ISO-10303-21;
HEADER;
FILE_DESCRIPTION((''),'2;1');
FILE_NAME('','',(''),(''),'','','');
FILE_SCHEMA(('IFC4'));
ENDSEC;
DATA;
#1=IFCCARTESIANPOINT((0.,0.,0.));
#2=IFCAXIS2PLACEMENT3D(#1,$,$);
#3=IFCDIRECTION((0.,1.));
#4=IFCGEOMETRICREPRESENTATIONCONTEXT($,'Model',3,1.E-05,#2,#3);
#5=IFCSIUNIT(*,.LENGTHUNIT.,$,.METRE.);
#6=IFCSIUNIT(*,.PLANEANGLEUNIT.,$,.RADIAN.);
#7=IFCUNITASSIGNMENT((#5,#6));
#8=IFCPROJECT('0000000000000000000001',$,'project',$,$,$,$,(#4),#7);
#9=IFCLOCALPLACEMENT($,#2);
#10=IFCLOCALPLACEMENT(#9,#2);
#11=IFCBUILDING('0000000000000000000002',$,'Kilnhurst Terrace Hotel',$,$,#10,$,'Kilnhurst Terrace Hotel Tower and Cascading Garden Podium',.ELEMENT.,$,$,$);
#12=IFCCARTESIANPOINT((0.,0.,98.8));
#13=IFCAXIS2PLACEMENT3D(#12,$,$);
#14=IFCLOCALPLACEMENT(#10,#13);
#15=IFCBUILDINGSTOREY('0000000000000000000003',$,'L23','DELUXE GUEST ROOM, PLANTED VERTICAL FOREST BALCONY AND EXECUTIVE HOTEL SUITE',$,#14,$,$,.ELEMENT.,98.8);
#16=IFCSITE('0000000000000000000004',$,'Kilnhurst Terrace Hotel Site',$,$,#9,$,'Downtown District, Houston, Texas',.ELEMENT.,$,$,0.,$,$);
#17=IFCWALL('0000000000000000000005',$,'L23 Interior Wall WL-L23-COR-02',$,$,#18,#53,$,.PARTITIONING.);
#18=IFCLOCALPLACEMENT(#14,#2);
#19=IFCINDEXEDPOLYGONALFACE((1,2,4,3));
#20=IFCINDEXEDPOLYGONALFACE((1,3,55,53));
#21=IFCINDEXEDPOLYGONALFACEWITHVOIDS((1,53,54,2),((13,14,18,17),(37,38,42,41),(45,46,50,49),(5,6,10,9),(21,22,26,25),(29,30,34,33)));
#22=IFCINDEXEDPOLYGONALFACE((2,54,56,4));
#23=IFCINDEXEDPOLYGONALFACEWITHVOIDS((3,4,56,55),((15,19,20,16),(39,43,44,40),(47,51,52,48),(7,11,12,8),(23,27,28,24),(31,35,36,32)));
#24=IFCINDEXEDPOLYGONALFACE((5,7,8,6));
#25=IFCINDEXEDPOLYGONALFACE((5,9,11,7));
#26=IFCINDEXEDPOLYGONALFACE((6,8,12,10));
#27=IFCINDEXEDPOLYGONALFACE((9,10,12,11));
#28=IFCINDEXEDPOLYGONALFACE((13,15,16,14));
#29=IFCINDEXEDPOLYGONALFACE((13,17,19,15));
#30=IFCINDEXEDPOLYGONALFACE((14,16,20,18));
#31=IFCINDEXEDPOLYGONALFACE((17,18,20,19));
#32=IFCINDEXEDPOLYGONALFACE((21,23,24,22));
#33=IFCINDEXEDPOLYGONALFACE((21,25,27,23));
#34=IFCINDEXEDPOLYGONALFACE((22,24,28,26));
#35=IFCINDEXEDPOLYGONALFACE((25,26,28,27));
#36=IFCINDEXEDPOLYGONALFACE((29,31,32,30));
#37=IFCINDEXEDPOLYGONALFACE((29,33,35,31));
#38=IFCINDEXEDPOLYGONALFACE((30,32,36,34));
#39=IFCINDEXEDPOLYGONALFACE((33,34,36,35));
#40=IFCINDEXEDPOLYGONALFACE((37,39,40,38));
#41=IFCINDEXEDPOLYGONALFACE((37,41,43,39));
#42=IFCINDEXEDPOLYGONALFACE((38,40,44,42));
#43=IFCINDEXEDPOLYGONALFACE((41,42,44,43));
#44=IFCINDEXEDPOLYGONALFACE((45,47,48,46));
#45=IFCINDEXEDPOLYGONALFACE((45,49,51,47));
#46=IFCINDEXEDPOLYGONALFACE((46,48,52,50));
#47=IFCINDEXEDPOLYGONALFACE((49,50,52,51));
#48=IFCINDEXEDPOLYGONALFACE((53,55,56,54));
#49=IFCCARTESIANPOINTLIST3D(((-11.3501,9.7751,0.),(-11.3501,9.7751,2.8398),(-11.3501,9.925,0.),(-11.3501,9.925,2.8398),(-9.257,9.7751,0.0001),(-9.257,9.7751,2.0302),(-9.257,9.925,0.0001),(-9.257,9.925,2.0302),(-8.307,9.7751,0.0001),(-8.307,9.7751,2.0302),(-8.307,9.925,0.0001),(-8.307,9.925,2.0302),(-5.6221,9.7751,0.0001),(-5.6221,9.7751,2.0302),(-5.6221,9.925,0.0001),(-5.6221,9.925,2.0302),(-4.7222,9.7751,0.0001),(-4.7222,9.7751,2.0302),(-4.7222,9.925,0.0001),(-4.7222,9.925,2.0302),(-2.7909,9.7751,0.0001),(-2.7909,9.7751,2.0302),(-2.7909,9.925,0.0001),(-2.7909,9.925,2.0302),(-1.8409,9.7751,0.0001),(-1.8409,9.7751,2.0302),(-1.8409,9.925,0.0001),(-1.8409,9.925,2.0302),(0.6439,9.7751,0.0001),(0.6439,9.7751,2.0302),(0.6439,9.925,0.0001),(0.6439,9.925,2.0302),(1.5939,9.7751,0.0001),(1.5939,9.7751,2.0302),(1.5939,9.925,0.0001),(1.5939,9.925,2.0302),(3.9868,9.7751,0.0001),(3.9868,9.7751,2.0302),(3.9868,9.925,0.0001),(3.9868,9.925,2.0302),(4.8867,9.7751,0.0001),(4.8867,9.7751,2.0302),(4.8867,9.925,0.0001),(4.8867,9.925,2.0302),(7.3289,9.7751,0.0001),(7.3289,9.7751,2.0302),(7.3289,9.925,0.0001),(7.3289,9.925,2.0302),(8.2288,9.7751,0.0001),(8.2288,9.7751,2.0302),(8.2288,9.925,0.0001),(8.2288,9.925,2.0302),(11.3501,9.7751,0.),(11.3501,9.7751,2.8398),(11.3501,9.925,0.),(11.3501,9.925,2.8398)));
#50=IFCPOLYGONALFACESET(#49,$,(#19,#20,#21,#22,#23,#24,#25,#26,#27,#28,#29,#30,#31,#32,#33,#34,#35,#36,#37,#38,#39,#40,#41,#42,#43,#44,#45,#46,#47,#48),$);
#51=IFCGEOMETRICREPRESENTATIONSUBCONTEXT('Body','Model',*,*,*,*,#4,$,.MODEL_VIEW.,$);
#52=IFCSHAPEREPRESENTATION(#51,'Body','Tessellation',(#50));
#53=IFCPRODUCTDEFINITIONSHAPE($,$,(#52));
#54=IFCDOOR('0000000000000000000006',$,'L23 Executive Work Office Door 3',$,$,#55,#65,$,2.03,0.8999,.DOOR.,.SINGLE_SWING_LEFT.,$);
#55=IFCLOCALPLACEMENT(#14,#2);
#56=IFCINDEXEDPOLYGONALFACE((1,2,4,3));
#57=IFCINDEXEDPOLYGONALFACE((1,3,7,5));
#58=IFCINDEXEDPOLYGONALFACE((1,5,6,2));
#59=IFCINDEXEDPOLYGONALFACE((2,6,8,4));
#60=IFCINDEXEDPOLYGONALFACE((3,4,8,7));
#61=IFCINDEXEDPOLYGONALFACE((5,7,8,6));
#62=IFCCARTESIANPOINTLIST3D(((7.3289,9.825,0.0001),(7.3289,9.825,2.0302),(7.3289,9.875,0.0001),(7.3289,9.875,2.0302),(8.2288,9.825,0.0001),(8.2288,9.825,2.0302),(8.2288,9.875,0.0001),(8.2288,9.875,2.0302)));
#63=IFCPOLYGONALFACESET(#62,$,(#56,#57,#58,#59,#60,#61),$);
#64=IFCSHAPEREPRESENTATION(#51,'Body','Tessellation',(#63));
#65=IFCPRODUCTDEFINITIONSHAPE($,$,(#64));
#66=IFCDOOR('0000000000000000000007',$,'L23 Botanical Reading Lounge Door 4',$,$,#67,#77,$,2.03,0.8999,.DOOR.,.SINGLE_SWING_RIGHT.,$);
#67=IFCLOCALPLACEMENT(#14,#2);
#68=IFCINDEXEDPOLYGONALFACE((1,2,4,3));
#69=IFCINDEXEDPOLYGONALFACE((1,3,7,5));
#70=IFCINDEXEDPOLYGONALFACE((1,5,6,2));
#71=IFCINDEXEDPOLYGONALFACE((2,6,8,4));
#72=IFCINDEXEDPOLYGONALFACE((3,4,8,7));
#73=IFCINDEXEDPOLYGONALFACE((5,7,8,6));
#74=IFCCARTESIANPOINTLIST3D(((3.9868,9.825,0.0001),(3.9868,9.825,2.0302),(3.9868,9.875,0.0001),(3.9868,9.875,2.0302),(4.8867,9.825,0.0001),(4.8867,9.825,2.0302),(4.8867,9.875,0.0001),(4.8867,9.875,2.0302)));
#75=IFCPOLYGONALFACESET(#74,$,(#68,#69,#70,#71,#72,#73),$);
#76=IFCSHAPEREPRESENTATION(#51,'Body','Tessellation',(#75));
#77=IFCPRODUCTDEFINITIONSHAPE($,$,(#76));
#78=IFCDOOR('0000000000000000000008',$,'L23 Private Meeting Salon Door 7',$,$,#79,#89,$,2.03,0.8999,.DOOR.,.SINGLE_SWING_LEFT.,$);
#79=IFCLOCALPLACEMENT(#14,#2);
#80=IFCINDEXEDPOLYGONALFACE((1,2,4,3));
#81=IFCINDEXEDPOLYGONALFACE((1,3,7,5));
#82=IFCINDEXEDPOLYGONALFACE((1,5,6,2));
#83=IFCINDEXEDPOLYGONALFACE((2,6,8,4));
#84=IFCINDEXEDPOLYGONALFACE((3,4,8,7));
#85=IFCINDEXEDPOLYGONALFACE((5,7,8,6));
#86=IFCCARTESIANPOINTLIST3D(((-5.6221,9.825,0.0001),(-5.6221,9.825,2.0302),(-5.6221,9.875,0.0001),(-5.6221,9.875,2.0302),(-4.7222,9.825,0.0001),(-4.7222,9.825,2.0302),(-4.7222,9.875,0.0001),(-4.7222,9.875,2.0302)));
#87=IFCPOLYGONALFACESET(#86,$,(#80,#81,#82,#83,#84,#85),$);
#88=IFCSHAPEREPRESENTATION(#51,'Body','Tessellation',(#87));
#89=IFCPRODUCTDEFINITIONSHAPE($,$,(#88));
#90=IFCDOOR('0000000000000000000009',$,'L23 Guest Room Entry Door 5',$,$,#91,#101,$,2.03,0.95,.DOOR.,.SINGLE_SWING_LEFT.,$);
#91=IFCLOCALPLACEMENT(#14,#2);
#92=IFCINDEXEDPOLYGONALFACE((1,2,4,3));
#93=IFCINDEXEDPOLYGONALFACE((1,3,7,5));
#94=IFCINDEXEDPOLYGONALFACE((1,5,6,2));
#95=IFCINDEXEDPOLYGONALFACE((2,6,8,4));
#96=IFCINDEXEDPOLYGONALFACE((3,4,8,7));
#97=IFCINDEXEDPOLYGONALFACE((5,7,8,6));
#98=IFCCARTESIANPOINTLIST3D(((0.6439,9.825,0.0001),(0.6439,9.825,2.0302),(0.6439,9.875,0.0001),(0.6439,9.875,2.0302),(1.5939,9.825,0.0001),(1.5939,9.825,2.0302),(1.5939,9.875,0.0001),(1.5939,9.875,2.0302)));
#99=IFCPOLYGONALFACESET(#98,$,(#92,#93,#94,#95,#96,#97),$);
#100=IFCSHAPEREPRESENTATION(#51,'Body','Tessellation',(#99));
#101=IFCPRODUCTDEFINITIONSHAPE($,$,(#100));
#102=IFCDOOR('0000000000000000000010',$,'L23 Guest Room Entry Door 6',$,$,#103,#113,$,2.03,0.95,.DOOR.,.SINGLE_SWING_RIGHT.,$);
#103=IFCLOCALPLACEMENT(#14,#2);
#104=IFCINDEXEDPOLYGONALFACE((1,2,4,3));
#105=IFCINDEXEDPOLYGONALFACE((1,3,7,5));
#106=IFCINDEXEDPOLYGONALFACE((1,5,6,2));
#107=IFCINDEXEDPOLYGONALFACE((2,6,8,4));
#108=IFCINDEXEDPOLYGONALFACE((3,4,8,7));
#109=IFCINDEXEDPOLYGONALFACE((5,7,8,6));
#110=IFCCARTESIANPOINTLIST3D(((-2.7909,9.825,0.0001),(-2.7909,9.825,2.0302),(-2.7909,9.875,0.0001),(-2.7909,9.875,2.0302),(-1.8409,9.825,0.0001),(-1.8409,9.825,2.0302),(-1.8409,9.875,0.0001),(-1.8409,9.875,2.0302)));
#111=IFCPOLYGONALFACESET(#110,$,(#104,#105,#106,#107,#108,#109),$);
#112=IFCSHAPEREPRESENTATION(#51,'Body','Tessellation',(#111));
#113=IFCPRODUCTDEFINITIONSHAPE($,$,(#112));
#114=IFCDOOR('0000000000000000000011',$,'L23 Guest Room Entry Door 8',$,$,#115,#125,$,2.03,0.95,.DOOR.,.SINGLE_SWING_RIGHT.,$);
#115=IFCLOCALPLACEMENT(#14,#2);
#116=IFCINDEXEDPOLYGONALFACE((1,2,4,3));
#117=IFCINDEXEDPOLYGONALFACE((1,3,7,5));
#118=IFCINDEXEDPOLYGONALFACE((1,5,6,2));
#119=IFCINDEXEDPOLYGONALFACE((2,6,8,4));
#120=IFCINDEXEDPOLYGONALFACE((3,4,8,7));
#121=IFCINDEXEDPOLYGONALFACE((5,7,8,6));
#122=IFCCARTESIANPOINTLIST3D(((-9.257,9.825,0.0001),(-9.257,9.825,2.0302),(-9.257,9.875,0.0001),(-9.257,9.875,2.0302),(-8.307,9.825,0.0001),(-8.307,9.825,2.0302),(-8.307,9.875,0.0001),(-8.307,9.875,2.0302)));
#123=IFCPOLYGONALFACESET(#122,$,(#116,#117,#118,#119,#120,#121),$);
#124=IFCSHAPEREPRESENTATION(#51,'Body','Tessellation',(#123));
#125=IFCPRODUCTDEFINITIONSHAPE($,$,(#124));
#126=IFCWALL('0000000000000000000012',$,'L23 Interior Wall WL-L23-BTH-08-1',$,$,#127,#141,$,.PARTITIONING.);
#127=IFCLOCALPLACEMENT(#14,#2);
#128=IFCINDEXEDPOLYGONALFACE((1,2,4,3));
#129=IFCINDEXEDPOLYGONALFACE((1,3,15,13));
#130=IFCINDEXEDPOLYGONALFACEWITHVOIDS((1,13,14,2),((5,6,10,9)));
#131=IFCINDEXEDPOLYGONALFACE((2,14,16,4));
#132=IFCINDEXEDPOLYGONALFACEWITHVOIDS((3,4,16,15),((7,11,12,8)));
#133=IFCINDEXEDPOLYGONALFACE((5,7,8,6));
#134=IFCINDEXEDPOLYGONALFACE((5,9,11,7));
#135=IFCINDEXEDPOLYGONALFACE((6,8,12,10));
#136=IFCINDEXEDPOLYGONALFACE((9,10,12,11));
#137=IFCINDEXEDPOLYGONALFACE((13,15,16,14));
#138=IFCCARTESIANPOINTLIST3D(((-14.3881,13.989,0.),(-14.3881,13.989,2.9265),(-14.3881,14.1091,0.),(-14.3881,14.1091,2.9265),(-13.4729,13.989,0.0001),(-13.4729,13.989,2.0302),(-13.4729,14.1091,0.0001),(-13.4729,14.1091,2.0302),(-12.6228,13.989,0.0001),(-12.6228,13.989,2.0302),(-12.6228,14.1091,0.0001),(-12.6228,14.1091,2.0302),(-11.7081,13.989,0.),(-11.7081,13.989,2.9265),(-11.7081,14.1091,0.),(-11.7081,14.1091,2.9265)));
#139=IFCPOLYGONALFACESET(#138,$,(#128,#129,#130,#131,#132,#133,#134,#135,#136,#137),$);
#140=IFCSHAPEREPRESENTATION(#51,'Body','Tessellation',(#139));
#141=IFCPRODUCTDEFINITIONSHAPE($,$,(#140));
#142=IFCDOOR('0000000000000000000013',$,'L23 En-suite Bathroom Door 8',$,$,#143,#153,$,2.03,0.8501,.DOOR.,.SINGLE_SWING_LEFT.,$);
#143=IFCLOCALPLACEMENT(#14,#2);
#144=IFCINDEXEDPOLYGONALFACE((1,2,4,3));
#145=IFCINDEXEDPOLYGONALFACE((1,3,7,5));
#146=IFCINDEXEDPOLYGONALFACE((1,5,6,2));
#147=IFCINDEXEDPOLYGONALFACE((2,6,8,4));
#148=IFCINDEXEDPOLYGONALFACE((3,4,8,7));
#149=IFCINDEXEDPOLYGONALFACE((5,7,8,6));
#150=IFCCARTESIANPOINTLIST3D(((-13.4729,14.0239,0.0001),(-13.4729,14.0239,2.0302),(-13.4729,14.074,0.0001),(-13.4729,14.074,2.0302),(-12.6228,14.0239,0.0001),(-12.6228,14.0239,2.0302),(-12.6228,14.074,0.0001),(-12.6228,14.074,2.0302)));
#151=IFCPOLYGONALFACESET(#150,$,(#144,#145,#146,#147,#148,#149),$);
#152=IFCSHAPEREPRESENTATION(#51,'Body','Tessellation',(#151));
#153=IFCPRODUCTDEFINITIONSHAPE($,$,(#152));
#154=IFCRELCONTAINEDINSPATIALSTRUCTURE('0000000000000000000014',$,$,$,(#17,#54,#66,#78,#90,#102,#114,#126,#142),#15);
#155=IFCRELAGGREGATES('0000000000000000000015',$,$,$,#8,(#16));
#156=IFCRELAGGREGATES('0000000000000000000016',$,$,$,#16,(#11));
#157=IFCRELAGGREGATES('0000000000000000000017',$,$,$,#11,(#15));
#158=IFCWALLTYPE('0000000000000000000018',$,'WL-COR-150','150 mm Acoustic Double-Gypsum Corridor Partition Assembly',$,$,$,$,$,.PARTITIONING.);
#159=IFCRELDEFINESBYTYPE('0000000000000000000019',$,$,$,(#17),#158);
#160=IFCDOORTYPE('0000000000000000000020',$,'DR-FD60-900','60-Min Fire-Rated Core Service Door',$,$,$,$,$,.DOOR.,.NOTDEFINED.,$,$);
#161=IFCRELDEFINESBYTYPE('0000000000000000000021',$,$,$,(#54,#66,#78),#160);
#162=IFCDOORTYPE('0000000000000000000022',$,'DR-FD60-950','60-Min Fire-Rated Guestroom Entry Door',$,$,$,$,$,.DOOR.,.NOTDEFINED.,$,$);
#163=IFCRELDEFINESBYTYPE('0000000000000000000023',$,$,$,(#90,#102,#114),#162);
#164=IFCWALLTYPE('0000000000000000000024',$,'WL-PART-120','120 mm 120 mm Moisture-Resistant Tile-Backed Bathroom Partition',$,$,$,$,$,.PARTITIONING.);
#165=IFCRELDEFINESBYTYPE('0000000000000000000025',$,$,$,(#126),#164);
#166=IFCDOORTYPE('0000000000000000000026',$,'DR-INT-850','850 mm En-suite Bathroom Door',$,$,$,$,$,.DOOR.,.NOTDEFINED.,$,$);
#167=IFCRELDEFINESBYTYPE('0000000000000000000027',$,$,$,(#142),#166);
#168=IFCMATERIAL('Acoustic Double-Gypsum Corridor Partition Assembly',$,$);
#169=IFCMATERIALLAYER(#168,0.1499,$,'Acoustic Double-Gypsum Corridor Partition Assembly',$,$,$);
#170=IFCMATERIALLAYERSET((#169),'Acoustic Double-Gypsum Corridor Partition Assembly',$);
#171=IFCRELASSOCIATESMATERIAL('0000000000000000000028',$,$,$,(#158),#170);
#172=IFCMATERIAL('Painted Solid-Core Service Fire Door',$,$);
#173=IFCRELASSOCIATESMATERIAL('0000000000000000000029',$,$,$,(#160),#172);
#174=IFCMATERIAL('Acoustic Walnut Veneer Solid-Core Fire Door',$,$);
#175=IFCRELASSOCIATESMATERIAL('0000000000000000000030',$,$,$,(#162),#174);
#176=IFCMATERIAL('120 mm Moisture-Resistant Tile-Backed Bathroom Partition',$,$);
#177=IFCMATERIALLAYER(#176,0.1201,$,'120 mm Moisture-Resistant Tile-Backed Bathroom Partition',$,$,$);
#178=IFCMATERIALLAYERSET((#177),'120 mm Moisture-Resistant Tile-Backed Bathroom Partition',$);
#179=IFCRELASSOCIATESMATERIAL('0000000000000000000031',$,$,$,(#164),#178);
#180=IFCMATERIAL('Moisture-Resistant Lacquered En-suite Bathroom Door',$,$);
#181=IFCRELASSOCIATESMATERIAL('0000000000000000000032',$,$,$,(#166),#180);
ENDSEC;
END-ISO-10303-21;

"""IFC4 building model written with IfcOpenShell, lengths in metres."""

from ifc_helpers import new_model, si_unit, direction, frame, frame_2d, origin, place, context, subcontext, project, spatial, rectangle, extrude, material, layer, layer_set, type_object, element, fill, save


model = new_model("IFC4")

# Units and contexts
model_context = context("Model", 3, precision=1e-05, world=origin(), true_north=direction((0.0, 1.0)))
body_context = subcontext(model_context, "Body", "Model", "MODEL_VIEW")
ifc_project = project(units=[si_unit("LENGTHUNIT", "METRE"), si_unit("PLANEANGLEUNIT", "RADIAN")], contexts=[model_context])

# Site, building, storey
site_placement = place(None, origin())
site = spatial("IfcSite", under=ifc_project, at=site_placement, Name="Kilnhurst Terrace Hotel Site", LongName="Downtown District, Houston, Texas", CompositionType="ELEMENT", RefElevation=0.0)
building_placement = place(site_placement, origin())
building = spatial("IfcBuilding", under=site, at=building_placement, Name="Kilnhurst Terrace Hotel", LongName="Kilnhurst Terrace Hotel Tower and Cascading Garden Podium", CompositionType="ELEMENT")
storey_placement = place(building_placement, frame((0.0, 0.0, 98.8)))
storey = spatial("IfcBuildingStorey", under=building, at=storey_placement, Name="L23", Description="DELUXE GUEST ROOM, PLANTED VERTICAL FOREST BALCONY AND EXECUTIVE HOTEL SUITE", CompositionType="ELEMENT", Elevation=98.8)

# Wall, openings, doors
ifc_material_1 = material(Name="Acoustic Double-Gypsum Corridor Partition Assembly")
ifc_layer_1 = layer(ifc_material_1, 0.1499, Name="Acoustic Double-Gypsum Corridor Partition Assembly")
ifc_layer_set_1 = layer_set([ifc_layer_1], Name="Acoustic Double-Gypsum Corridor Partition Assembly")
wall_type_1 = type_object("IfcWallType", Name="WL-COR-150", Description="150 mm Acoustic Double-Gypsum Corridor Partition Assembly", PredefinedType="PARTITIONING", material=ifc_layer_set_1)
wall_1_placement = place(storey_placement, frame((-11.3501, 9.8501, 0.0), z_axis=(0.0, 0.0, 1.0), x_axis=(1.0, 0.0, 0.0)))
wall_1 = element("IfcWall", 1, at=wall_1_placement, inside=storey, type_object=wall_type_1, Name="L23 Interior Wall WL-L23-COR-02", PredefinedType="PARTITIONING", context=body_context, shape_type="SweptSolid", body=[
    extrude(rectangle(XDim=22.7002, YDim=0.1499, at=frame_2d((11.3501, 0.0))), origin(), (0.0, 0.0, 1.0), 2.8398),
])
opening_1_placement = place(wall_1_placement, frame((18.679, 0.0, 0.0)))
opening_1 = element("IfcOpeningElement", 2, at=opening_1_placement, cuts=wall_1, PredefinedType="OPENING", context=body_context, shape_type="SweptSolid", body=[
    extrude(rectangle(XDim=0.8999, YDim=2.03, at=frame_2d((0.45, 1.0151))), frame((0.0, 0.085, 0.0), z_axis=(0.0, -1.0, 0.0), x_axis=(1.0, 0.0, 0.0)), (0.0, 0.0, 1.0), 0.1699),
])
opening_2_placement = place(wall_1_placement, frame((15.3369, 0.0, 0.0)))
opening_2 = element("IfcOpeningElement", 3, at=opening_2_placement, cuts=wall_1, PredefinedType="OPENING", context=body_context, shape_type="SweptSolid", body=[
    extrude(rectangle(XDim=0.8999, YDim=2.03, at=frame_2d((0.45, 1.0151))), frame((0.0, 0.085, 0.0), z_axis=(0.0, -1.0, 0.0), x_axis=(1.0, 0.0, 0.0)), (0.0, 0.0, 1.0), 0.1699),
])
opening_3_placement = place(wall_1_placement, frame((11.9939, 0.0, 0.0)))
opening_3 = element("IfcOpeningElement", 4, at=opening_3_placement, cuts=wall_1, PredefinedType="OPENING", context=body_context, shape_type="SweptSolid", body=[
    extrude(rectangle(XDim=0.95, YDim=2.03, at=frame_2d((0.4751, 1.0151))), frame((0.0, 0.085, 0.0), z_axis=(0.0, -1.0, 0.0), x_axis=(1.0, 0.0, 0.0)), (0.0, 0.0, 1.0), 0.1699),
])
opening_4_placement = place(wall_1_placement, frame((8.5591, 0.0, 0.0)))
opening_4 = element("IfcOpeningElement", 5, at=opening_4_placement, cuts=wall_1, PredefinedType="OPENING", context=body_context, shape_type="SweptSolid", body=[
    extrude(rectangle(XDim=0.95, YDim=2.03, at=frame_2d((0.4751, 1.0151))), frame((0.0, 0.085, 0.0), z_axis=(0.0, -1.0, 0.0), x_axis=(1.0, 0.0, 0.0)), (0.0, 0.0, 1.0), 0.1699),
])
opening_5_placement = place(wall_1_placement, frame((5.728, 0.0, 0.0)))
opening_5 = element("IfcOpeningElement", 6, at=opening_5_placement, cuts=wall_1, PredefinedType="OPENING", context=body_context, shape_type="SweptSolid", body=[
    extrude(rectangle(XDim=0.8999, YDim=2.03, at=frame_2d((0.45, 1.0151))), frame((0.0, 0.085, 0.0), z_axis=(0.0, -1.0, 0.0), x_axis=(1.0, 0.0, 0.0)), (0.0, 0.0, 1.0), 0.1699),
])
opening_6_placement = place(wall_1_placement, frame((2.093, 0.0, 0.0)))
opening_6 = element("IfcOpeningElement", 7, at=opening_6_placement, cuts=wall_1, PredefinedType="OPENING", context=body_context, shape_type="SweptSolid", body=[
    extrude(rectangle(XDim=0.95, YDim=2.03, at=frame_2d((0.4751, 1.0151))), frame((0.0, 0.085, 0.0), z_axis=(0.0, -1.0, 0.0), x_axis=(1.0, 0.0, 0.0)), (0.0, 0.0, 1.0), 0.1699),
])
ifc_material_2 = material(Name="Painted Solid-Core Service Fire Door")
door_type_1 = type_object("IfcDoorType", Name="DR-FD60-900", Description="60-Min Fire-Rated Core Service Door", OperationType="NOTDEFINED", PredefinedType="DOOR", material=ifc_material_2)
door_1_placement = place(opening_1_placement, origin())
door_1 = element("IfcDoor", 8, at=door_1_placement, inside=storey, type_object=door_type_1, Name="L23 Executive Work Office Door 3", OperationType="SINGLE_SWING_LEFT", OverallHeight=2.03, OverallWidth=0.8999, PredefinedType="DOOR", context=body_context, shape_type="SweptSolid", body=[
    extrude(rectangle(XDim=0.8999, YDim=2.03, at=frame_2d((0.45, 1.0151))), frame((0.0, 0.0249, 0.0), z_axis=(0.0, -1.0, 0.0), x_axis=(1.0, 0.0, 0.0)), (0.0, 0.0, 1.0), 0.05),
])
fill(opening_1, door_1)
door_2_placement = place(opening_2_placement, origin())
door_2 = element("IfcDoor", 9, at=door_2_placement, inside=storey, type_object=door_type_1, Name="L23 Botanical Reading Lounge Door 4", OperationType="SINGLE_SWING_RIGHT", OverallHeight=2.03, OverallWidth=0.8999, PredefinedType="DOOR", context=body_context, shape_type="SweptSolid", body=[
    extrude(rectangle(XDim=0.8999, YDim=2.03, at=frame_2d((0.45, 1.0151))), frame((0.0, 0.0249, 0.0), z_axis=(0.0, -1.0, 0.0), x_axis=(1.0, 0.0, 0.0)), (0.0, 0.0, 1.0), 0.05),
])
fill(opening_2, door_2)
door_3_placement = place(opening_5_placement, origin())
door_3 = element("IfcDoor", 10, at=door_3_placement, inside=storey, type_object=door_type_1, Name="L23 Private Meeting Salon Door 7", OperationType="SINGLE_SWING_LEFT", OverallHeight=2.03, OverallWidth=0.8999, PredefinedType="DOOR", context=body_context, shape_type="SweptSolid", body=[
    extrude(rectangle(XDim=0.8999, YDim=2.03, at=frame_2d((0.45, 1.0151))), frame((0.0, 0.0249, 0.0), z_axis=(0.0, -1.0, 0.0), x_axis=(1.0, 0.0, 0.0)), (0.0, 0.0, 1.0), 0.05),
])
fill(opening_5, door_3)
ifc_material_3 = material(Name="Acoustic Walnut Veneer Solid-Core Fire Door")
door_type_2 = type_object("IfcDoorType", Name="DR-FD60-950", Description="60-Min Fire-Rated Guestroom Entry Door", OperationType="NOTDEFINED", PredefinedType="DOOR", material=ifc_material_3)
door_4_placement = place(opening_3_placement, origin())
door_4 = element("IfcDoor", 11, at=door_4_placement, inside=storey, type_object=door_type_2, Name="L23 Guest Room Entry Door 5", OperationType="SINGLE_SWING_LEFT", OverallHeight=2.03, OverallWidth=0.95, PredefinedType="DOOR", context=body_context, shape_type="SweptSolid", body=[
    extrude(rectangle(XDim=0.95, YDim=2.03, at=frame_2d((0.4751, 1.0151))), frame((0.0, 0.0249, 0.0), z_axis=(0.0, -1.0, 0.0), x_axis=(1.0, 0.0, 0.0)), (0.0, 0.0, 1.0), 0.05),
])
fill(opening_3, door_4)
door_5_placement = place(opening_4_placement, origin())
door_5 = element("IfcDoor", 12, at=door_5_placement, inside=storey, type_object=door_type_2, Name="L23 Guest Room Entry Door 6", OperationType="SINGLE_SWING_RIGHT", OverallHeight=2.03, OverallWidth=0.95, PredefinedType="DOOR", context=body_context, shape_type="SweptSolid", body=[
    extrude(rectangle(XDim=0.95, YDim=2.03, at=frame_2d((0.4751, 1.0151))), frame((0.0, 0.0249, 0.0), z_axis=(0.0, -1.0, 0.0), x_axis=(1.0, 0.0, 0.0)), (0.0, 0.0, 1.0), 0.05),
])
fill(opening_4, door_5)
door_6_placement = place(opening_6_placement, origin())
door_6 = element("IfcDoor", 13, at=door_6_placement, inside=storey, type_object=door_type_2, Name="L23 Guest Room Entry Door 8", OperationType="SINGLE_SWING_RIGHT", OverallHeight=2.03, OverallWidth=0.95, PredefinedType="DOOR", context=body_context, shape_type="SweptSolid", body=[
    extrude(rectangle(XDim=0.95, YDim=2.03, at=frame_2d((0.4751, 1.0151))), frame((0.0, 0.0249, 0.0), z_axis=(0.0, -1.0, 0.0), x_axis=(1.0, 0.0, 0.0)), (0.0, 0.0, 1.0), 0.05),
])
fill(opening_6, door_6)

# Wall, opening, door
ifc_material_4 = material(Name="120 mm Moisture-Resistant Tile-Backed Bathroom Partition")
ifc_layer_2 = layer(ifc_material_4, 0.1201, Name="120 mm Moisture-Resistant Tile-Backed Bathroom Partition")
ifc_layer_set_2 = layer_set([ifc_layer_2], Name="120 mm Moisture-Resistant Tile-Backed Bathroom Partition")
wall_type_2 = type_object("IfcWallType", Name="WL-PART-120", Description="120 mm 120 mm Moisture-Resistant Tile-Backed Bathroom Partition", PredefinedType="PARTITIONING", material=ifc_layer_set_2)
wall_2_placement = place(storey_placement, frame((-14.3879, 14.0491, 0.0), z_axis=(0.0, 0.0, 1.0), x_axis=(1.0, 0.0, 0.0)))
wall_2 = element("IfcWall", 14, at=wall_2_placement, inside=storey, type_object=wall_type_2, Name="L23 Interior Wall WL-L23-BTH-08-1", PredefinedType="PARTITIONING", context=body_context, shape_type="SweptSolid", body=[
    extrude(rectangle(XDim=2.6799, YDim=0.1201, at=frame_2d((1.3398, 0.0))), origin(), (0.0, 0.0, 1.0), 2.9265),
])
opening_7_placement = place(wall_2_placement, frame((0.915, 0.0, 0.0)))
opening_7 = element("IfcOpeningElement", 15, at=opening_7_placement, cuts=wall_2, PredefinedType="OPENING", context=body_context, shape_type="SweptSolid", body=[
    extrude(rectangle(XDim=0.8501, YDim=2.03, at=frame_2d((0.425, 1.0151))), frame((0.0, 0.0701, 0.0), z_axis=(0.0, -1.0, 0.0), x_axis=(1.0, 0.0, 0.0)), (0.0, 0.0, 1.0), 0.1401),
])
ifc_material_5 = material(Name="Moisture-Resistant Lacquered En-suite Bathroom Door")
door_type_3 = type_object("IfcDoorType", Name="DR-INT-850", Description="850 mm En-suite Bathroom Door", OperationType="NOTDEFINED", PredefinedType="DOOR", material=ifc_material_5)
door_7_placement = place(opening_7_placement, origin())
door_7 = element("IfcDoor", 16, at=door_7_placement, inside=storey, type_object=door_type_3, Name="L23 En-suite Bathroom Door 8", OperationType="SINGLE_SWING_LEFT", OverallHeight=2.03, OverallWidth=0.8501, PredefinedType="DOOR", context=body_context, shape_type="SweptSolid", body=[
    extrude(rectangle(XDim=0.8501, YDim=2.03, at=frame_2d((0.425, 1.0151))), frame((0.0, 0.0249, 0.0), z_axis=(0.0, -1.0, 0.0), x_axis=(1.0, 0.0, 0.0)), (0.0, 0.0, 1.0), 0.05),
])
fill(opening_7, door_7)

save(model, "model.ifc")
